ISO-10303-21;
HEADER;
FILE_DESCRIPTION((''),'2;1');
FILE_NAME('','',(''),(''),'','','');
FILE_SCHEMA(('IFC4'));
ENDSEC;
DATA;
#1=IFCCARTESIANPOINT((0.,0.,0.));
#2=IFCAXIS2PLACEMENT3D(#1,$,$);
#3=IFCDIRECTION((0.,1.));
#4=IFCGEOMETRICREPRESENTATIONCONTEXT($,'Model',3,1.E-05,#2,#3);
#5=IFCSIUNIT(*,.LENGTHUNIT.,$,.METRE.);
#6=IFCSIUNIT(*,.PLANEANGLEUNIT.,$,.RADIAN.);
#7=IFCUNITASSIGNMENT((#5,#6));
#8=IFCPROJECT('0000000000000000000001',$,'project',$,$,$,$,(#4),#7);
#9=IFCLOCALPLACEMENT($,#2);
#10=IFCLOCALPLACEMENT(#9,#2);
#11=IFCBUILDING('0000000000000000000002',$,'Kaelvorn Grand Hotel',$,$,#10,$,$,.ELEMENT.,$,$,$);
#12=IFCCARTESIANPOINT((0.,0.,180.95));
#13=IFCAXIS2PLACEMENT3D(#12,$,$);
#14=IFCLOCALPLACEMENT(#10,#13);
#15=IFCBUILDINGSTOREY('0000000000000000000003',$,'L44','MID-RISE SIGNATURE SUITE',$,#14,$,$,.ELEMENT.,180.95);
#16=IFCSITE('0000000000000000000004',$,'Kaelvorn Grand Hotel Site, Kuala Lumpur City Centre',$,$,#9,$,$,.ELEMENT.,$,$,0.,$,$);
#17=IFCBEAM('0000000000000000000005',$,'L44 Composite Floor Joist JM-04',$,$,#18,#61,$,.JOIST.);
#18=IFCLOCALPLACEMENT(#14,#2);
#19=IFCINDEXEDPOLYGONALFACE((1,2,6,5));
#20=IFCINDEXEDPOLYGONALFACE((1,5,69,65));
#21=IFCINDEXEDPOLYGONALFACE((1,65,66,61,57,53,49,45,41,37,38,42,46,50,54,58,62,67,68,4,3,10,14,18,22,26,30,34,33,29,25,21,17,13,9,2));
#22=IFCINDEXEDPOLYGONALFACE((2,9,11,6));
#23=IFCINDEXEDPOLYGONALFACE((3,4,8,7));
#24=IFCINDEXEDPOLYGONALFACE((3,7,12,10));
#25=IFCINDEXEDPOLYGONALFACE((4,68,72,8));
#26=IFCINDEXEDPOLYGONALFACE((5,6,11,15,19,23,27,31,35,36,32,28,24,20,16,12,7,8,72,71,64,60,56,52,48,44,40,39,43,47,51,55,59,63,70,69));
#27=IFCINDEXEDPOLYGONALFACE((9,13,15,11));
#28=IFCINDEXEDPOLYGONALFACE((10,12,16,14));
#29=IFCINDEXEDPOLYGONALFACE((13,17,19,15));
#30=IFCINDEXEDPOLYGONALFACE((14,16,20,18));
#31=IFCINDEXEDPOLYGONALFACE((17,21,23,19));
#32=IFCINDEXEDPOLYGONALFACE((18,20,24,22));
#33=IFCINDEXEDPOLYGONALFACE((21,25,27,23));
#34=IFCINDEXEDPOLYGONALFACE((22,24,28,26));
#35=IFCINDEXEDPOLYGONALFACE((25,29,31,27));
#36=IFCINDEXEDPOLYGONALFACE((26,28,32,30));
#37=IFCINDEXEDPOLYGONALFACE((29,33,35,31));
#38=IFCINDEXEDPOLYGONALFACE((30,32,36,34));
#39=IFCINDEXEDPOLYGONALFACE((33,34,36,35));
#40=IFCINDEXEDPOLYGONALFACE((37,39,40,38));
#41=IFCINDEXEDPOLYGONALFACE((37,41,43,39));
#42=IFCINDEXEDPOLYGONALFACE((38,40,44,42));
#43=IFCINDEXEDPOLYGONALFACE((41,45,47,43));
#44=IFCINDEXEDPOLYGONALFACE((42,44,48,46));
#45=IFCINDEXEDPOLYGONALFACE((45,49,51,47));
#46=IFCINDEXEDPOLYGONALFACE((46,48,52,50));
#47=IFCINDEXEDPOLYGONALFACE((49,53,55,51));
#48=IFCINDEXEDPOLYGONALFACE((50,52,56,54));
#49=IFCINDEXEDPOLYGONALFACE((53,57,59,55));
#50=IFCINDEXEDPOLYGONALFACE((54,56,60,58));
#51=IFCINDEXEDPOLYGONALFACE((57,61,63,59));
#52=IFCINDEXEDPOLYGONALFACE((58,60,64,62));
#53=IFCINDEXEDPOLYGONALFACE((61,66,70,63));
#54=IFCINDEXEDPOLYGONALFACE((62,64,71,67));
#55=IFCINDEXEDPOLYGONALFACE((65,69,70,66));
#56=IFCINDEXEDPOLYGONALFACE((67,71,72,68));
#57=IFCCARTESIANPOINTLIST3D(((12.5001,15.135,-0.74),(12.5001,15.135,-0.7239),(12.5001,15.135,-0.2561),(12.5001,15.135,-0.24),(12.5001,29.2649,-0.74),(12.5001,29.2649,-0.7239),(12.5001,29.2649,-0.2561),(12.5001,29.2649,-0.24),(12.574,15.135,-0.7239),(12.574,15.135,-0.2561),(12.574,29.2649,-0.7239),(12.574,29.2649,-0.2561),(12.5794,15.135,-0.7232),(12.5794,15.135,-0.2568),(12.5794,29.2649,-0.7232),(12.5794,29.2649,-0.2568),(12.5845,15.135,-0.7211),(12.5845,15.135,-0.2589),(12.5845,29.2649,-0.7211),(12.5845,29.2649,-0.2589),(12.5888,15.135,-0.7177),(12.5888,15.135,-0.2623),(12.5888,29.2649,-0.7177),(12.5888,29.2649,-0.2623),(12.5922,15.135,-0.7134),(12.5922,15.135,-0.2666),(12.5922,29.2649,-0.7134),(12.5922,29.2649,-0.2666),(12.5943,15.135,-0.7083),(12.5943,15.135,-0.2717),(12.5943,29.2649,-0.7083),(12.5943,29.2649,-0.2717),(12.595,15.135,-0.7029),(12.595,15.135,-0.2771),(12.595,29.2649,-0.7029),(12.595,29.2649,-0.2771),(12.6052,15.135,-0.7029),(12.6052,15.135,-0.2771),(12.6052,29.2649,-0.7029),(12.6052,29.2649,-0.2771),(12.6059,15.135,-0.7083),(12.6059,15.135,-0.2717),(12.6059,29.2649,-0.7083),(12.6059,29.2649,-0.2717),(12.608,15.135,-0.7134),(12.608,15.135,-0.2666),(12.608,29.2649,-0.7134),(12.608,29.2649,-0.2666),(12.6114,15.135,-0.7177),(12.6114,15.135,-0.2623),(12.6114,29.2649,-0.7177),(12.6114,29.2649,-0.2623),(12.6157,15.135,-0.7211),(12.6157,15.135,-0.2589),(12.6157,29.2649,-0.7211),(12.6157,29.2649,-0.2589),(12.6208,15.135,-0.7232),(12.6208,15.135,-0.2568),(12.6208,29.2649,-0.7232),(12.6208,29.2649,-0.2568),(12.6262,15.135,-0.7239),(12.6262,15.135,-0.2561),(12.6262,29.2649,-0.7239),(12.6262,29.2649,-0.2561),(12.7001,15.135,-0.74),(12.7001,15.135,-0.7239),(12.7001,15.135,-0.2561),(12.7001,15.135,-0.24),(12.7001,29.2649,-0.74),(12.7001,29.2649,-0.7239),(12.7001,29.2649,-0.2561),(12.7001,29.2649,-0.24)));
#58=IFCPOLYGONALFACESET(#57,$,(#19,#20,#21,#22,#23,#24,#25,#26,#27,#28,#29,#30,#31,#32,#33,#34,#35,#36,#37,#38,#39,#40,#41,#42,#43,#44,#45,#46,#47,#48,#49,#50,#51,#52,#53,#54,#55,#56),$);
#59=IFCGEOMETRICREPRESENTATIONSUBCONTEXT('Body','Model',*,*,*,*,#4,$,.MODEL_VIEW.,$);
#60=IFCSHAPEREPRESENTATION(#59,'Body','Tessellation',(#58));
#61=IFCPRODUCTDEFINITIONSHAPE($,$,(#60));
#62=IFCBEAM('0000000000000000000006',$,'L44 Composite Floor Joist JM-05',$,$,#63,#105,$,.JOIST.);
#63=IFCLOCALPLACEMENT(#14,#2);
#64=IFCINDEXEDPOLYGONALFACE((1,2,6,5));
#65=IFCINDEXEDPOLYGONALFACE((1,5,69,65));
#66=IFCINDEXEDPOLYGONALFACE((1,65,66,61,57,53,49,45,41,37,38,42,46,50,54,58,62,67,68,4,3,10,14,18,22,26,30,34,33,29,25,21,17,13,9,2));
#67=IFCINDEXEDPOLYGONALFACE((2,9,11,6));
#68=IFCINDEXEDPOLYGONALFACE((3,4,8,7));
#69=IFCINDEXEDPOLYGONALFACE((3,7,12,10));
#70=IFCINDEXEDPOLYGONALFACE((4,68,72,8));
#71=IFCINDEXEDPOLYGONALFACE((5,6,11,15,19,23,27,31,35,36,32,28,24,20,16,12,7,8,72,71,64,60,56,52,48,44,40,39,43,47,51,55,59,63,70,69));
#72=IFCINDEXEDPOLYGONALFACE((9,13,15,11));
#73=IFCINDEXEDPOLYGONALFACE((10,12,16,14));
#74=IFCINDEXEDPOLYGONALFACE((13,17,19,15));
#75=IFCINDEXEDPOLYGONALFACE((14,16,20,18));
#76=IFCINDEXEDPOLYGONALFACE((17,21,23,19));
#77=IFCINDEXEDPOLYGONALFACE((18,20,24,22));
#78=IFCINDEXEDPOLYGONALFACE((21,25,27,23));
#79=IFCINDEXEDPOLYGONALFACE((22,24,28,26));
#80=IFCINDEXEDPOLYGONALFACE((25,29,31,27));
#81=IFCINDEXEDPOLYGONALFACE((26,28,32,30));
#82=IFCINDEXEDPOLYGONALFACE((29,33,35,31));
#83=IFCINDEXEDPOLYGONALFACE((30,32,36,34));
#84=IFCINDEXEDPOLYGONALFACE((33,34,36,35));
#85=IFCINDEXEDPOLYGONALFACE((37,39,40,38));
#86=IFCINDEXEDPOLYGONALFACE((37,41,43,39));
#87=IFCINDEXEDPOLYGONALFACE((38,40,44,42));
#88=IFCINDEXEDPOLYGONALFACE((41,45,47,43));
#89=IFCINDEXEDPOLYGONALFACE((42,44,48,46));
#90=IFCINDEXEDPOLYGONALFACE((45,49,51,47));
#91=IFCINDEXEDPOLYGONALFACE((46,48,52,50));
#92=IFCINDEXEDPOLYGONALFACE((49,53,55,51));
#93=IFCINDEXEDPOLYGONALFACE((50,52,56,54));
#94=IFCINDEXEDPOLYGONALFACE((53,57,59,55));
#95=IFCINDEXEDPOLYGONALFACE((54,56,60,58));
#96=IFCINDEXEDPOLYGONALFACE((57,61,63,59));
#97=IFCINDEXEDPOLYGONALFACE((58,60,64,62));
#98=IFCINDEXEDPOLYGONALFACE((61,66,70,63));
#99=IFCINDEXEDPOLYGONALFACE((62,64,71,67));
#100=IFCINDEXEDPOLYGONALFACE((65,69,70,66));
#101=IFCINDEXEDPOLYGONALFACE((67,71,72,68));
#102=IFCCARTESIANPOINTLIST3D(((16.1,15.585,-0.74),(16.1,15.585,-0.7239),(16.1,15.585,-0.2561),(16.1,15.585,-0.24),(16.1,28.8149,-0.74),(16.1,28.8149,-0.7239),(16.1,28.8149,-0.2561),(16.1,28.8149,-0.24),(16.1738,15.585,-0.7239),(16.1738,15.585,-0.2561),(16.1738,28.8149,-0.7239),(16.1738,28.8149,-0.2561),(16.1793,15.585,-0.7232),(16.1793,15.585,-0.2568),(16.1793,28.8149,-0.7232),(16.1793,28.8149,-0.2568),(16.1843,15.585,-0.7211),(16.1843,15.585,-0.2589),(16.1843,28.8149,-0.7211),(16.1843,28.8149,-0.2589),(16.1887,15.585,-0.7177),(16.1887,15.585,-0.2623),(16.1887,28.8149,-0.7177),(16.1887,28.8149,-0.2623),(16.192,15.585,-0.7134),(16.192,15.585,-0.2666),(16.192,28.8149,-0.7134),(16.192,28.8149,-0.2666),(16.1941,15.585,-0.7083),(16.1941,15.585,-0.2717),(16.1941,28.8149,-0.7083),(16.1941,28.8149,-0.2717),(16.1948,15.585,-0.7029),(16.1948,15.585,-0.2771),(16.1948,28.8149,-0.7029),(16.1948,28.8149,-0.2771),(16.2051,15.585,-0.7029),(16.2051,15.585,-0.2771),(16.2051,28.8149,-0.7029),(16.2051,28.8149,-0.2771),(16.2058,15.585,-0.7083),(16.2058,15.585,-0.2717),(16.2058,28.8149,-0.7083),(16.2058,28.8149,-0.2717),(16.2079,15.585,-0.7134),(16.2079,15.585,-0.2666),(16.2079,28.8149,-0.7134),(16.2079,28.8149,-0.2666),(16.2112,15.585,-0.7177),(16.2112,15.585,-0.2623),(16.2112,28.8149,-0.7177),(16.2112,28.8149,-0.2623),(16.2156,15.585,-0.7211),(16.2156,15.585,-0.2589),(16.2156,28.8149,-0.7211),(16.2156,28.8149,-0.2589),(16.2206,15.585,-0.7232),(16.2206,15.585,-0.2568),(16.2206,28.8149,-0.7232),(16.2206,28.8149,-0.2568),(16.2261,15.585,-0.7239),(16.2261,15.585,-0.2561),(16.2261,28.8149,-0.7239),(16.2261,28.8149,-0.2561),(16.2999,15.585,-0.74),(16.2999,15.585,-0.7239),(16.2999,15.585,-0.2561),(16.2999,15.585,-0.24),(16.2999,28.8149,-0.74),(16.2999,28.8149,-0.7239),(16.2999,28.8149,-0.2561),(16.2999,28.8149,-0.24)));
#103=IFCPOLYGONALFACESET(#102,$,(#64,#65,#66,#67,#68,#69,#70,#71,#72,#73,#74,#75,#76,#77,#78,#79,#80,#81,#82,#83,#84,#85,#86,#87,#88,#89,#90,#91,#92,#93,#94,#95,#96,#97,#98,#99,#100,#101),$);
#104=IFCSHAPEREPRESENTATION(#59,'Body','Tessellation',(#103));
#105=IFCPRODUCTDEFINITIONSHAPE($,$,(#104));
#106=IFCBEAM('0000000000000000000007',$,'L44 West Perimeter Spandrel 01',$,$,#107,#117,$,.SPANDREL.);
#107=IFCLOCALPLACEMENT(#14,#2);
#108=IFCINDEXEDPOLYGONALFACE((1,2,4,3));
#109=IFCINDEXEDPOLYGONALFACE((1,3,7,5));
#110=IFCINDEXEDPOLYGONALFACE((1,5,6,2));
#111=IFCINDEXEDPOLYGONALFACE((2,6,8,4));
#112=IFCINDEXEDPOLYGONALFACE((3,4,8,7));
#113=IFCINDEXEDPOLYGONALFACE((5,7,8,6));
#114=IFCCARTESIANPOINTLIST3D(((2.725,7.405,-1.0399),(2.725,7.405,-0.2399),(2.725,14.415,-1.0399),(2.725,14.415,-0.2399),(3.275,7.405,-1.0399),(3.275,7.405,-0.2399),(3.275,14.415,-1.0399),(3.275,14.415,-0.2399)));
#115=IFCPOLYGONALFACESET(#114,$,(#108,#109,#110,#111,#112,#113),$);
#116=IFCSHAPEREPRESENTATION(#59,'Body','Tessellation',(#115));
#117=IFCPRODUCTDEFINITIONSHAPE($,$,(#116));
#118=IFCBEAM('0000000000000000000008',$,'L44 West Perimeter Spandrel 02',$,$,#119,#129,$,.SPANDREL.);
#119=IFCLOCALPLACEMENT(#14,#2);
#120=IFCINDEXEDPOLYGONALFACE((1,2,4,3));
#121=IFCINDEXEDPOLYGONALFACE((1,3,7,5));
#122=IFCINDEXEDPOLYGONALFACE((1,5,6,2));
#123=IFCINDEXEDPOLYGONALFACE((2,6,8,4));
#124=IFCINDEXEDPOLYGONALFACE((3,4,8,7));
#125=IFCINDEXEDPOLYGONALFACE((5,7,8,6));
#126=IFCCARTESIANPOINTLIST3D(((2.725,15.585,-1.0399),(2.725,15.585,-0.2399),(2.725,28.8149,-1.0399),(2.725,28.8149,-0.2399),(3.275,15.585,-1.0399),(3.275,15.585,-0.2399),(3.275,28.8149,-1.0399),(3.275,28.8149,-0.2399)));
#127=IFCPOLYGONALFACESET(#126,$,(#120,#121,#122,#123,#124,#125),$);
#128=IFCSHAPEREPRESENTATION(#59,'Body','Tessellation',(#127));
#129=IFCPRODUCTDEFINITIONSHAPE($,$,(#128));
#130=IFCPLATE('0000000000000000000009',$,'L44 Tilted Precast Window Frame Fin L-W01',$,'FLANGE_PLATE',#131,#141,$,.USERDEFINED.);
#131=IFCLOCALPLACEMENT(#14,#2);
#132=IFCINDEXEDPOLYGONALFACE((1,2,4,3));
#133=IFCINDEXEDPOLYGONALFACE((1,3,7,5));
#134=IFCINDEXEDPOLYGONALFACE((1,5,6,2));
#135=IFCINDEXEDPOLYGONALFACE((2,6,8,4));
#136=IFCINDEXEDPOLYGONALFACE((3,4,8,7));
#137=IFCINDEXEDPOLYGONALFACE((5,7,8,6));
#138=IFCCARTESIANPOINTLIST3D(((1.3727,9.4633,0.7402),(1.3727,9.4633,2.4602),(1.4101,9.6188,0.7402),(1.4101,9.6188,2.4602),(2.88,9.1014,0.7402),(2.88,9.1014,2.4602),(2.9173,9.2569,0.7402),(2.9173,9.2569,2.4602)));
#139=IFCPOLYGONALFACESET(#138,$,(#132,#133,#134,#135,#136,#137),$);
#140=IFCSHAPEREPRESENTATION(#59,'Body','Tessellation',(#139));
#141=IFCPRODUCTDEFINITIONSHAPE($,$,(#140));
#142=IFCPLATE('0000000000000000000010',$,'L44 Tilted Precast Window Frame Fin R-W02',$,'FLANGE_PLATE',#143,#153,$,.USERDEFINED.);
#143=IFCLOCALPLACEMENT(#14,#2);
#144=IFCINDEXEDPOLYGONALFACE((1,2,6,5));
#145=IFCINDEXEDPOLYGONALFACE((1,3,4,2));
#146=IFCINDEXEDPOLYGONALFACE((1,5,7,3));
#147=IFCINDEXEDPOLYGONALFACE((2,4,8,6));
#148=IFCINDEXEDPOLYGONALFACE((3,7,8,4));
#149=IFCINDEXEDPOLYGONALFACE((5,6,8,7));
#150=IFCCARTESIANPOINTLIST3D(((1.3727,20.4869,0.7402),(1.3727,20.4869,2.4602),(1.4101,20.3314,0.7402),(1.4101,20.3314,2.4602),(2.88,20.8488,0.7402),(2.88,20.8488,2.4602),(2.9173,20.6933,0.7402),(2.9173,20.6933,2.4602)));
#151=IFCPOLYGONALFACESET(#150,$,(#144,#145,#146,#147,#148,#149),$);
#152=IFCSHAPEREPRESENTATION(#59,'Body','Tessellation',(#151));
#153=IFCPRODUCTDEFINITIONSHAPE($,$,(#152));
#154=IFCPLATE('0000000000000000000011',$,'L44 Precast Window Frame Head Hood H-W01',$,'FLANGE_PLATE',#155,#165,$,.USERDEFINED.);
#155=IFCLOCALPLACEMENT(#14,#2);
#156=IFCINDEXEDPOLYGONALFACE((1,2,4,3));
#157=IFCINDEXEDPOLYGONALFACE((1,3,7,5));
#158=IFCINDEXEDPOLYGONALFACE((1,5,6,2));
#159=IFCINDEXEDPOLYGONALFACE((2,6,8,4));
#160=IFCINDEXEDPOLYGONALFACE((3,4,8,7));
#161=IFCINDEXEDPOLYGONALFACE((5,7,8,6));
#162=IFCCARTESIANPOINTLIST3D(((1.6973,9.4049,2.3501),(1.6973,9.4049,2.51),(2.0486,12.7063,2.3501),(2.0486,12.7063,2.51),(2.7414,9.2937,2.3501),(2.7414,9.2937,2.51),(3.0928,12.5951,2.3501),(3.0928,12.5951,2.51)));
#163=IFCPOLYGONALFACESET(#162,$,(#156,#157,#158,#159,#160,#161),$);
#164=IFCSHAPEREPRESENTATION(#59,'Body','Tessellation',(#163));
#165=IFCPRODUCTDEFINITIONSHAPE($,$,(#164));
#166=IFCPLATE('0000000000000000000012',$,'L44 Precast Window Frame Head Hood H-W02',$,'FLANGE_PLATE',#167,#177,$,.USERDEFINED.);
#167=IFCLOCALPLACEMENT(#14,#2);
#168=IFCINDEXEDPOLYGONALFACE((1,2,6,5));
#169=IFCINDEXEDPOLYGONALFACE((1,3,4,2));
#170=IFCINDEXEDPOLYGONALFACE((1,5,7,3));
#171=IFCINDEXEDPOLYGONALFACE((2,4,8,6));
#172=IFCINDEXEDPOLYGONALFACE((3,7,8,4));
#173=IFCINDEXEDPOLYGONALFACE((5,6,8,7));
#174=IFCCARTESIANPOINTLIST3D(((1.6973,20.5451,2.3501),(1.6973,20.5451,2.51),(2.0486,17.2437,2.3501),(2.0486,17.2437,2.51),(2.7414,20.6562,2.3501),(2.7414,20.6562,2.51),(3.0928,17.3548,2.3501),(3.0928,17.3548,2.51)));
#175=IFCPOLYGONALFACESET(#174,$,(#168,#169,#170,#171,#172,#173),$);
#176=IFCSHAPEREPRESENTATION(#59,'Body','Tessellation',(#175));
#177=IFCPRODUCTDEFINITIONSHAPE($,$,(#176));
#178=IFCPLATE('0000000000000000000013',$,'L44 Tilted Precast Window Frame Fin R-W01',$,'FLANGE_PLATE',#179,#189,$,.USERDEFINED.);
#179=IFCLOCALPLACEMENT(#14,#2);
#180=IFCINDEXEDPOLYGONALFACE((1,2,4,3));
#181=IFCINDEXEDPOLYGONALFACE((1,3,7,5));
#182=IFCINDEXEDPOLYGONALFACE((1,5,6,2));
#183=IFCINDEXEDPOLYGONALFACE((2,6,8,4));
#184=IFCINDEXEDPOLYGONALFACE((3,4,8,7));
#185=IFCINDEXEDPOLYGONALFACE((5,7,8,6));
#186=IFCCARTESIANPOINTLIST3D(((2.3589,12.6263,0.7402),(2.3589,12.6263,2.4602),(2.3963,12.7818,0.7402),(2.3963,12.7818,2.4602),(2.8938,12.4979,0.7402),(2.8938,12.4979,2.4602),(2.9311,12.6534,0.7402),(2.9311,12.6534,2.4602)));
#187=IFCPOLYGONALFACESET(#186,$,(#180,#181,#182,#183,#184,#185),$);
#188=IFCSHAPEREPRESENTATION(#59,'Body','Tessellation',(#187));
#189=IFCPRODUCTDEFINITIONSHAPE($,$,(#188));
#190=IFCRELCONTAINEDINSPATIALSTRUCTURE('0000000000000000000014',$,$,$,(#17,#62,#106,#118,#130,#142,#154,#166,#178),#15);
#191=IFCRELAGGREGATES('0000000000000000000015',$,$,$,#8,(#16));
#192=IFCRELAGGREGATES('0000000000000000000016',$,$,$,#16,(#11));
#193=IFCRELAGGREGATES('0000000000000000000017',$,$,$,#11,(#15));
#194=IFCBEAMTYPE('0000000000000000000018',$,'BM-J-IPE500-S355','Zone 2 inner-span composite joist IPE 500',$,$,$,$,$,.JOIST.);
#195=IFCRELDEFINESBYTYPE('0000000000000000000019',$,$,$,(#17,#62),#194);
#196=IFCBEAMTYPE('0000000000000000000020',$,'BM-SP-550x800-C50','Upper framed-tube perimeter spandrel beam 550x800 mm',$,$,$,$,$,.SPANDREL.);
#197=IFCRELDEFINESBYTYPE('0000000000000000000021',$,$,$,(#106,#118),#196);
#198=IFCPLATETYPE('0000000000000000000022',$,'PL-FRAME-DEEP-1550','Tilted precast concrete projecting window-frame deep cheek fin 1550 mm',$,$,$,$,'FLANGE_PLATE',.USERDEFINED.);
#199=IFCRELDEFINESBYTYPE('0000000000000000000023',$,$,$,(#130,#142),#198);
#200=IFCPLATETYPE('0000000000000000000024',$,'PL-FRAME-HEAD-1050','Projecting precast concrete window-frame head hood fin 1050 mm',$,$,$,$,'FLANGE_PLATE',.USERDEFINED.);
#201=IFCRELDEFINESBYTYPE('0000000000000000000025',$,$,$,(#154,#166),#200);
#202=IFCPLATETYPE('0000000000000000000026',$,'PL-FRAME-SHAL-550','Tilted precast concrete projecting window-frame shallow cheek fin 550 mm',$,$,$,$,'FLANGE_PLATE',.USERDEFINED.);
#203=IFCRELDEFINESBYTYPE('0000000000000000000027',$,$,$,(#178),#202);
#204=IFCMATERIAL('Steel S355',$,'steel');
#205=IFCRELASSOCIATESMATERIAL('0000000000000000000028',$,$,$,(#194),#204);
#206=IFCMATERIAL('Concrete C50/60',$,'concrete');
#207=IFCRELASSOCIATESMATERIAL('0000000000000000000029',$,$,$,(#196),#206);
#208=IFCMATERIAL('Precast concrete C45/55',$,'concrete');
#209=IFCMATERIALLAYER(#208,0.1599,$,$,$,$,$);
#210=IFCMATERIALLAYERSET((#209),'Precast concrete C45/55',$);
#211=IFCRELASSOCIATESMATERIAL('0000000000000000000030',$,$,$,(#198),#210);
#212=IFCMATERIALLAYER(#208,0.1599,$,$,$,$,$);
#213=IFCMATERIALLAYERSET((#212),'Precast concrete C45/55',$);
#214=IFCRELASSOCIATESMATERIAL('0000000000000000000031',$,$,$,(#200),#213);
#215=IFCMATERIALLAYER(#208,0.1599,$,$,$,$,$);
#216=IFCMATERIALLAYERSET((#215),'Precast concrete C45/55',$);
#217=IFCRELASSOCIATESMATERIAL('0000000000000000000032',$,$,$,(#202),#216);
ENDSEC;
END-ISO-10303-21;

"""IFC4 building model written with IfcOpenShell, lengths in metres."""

from ifc_helpers import new_model, si_unit, direction, frame, origin, origin_2d, place, context, subcontext, project, spatial, rectangle, i_section, extrude, material, layer, layer_set, material_profile, profile_set, type_object, element, save


model = new_model("IFC4")

# Units and contexts
model_context = context("Model", 3, precision=1e-05, world=origin(), true_north=direction((0.0, 1.0)))
body_context = subcontext(model_context, "Body", "Model", "MODEL_VIEW")
ifc_project = project(units=[si_unit("LENGTHUNIT", "METRE"), si_unit("PLANEANGLEUNIT", "RADIAN")], contexts=[model_context])

# Site, building, storey
site_placement = place(None, origin())
site = spatial("IfcSite", under=ifc_project, at=site_placement, Name="Kaelvorn Grand Hotel Site, Kuala Lumpur City Centre", CompositionType="ELEMENT", RefElevation=0.0)
building_placement = place(site_placement, origin())
building = spatial("IfcBuilding", under=site, at=building_placement, Name="Kaelvorn Grand Hotel", CompositionType="ELEMENT")
storey_placement = place(building_placement, frame((0.0, 0.0, 180.95)))
storey = spatial("IfcBuildingStorey", under=building, at=storey_placement, Name="L44", Description="MID-RISE SIGNATURE SUITE", CompositionType="ELEMENT", Elevation=180.95)

# Beams
ifc_material_1 = material(Name="Steel S355", Category="steel")
ifc_material_profile_1 = material_profile(ifc_material_1, i_section(OverallWidth=0.2, OverallDepth=0.5, WebThickness=0.0103, FlangeThickness=0.0161, FilletRadius=0.021, at=origin_2d()), Name="IPE 500")
ifc_profile_set_1 = profile_set([ifc_material_profile_1], Name="Steel S355")
beam_type_1 = type_object("IfcBeamType", Name="BM-J-IPE500-S355", Description="Zone 2 inner-span composite joist IPE 500", PredefinedType="JOIST", material=ifc_profile_set_1)
beam_1_placement = place(storey_placement, frame((12.6001, 15.135, -0.49), z_axis=(0.0, 1.0, 0.0), x_axis=(-1.0, 0.0, 0.0)))
element("IfcBeam", 1, at=beam_1_placement, inside=storey, type_object=beam_type_1, Name="L44 Composite Floor Joist JM-04", PredefinedType="JOIST", context=body_context, shape_type="SweptSolid", body=[
    extrude(i_section(OverallWidth=0.2, OverallDepth=0.5, WebThickness=0.0103, FlangeThickness=0.0161, FilletRadius=0.021, at=origin_2d()), origin(), (0.0, 0.0, 1.0), 14.1299),
])
beam_2_placement = place(storey_placement, frame((16.2, 15.585, -0.49), z_axis=(0.0, 1.0, 0.0), x_axis=(-1.0, 0.0, 0.0)))
element("IfcBeam", 2, at=beam_2_placement, inside=storey, type_object=beam_type_1, Name="L44 Composite Floor Joist JM-05", PredefinedType="JOIST", context=body_context, shape_type="SweptSolid", body=[
    extrude(i_section(OverallWidth=0.2, OverallDepth=0.5, WebThickness=0.0103, FlangeThickness=0.0161, FilletRadius=0.021, at=origin_2d()), origin(), (0.0, 0.0, 1.0), 13.23),
])
ifc_material_2 = material(Name="Concrete C50/60", Category="concrete")
ifc_material_profile_2 = material_profile(ifc_material_2, rectangle(XDim=0.55, YDim=0.8, at=origin_2d()), Name="RC SPANDREL 550x800")
ifc_profile_set_2 = profile_set([ifc_material_profile_2], Name="Concrete C50/60")
beam_type_2 = type_object("IfcBeamType", Name="BM-SP-550x800-C50", Description="Upper framed-tube perimeter spandrel beam 550x800 mm", PredefinedType="SPANDREL", material=ifc_profile_set_2)
beam_3_placement = place(storey_placement, frame((3.0, 7.405, -0.6399), z_axis=(0.0, 1.0, 0.0), x_axis=(-1.0, 0.0, 0.0)))
element("IfcBeam", 3, at=beam_3_placement, inside=storey, type_object=beam_type_2, Name="L44 West Perimeter Spandrel 01", PredefinedType="SPANDREL", context=body_context, shape_type="SweptSolid", body=[
    extrude(rectangle(XDim=0.55, YDim=0.8, at=origin_2d()), origin(), (0.0, 0.0, 1.0), 7.01),
])
beam_4_placement = place(storey_placement, frame((3.0, 15.585, -0.6399), z_axis=(0.0, 1.0, 0.0), x_axis=(-1.0, 0.0, 0.0)))
element("IfcBeam", 4, at=beam_4_placement, inside=storey, type_object=beam_type_2, Name="L44 West Perimeter Spandrel 02", PredefinedType="SPANDREL", context=body_context, shape_type="SweptSolid", body=[
    extrude(rectangle(XDim=0.55, YDim=0.8, at=origin_2d()), origin(), (0.0, 0.0, 1.0), 13.23),
])

# Plates
ifc_material_3 = material(Name="Precast concrete C45/55", Category="concrete")
ifc_layer_1 = layer(ifc_material_3, 0.1599)
ifc_layer_set_1 = layer_set([ifc_layer_1], Name="Precast concrete C45/55")
plate_type_1 = type_object("IfcPlateType", Name="PL-FRAME-DEEP-1550", Description="Tilted precast concrete projecting window-frame deep cheek fin 1550 mm", ElementType="FLANGE_PLATE", PredefinedType="USERDEFINED", material=ifc_layer_set_1)
for number, where, z_axis, x_axis, name in (
    (5, (2.145, 9.3601, 0.7402), (0.0, 0.0, 1.0), (0.233445, 0.97237, 0.0), "L44 Tilted Precast Window Frame Fin L-W01"),
    (6, (2.145, 20.5901, 0.7402), (0.0, 0.0, 1.0), (-0.233445, 0.97237, 0.0), "L44 Tilted Precast Window Frame Fin R-W02"),
):
    element("IfcPlate", number, at=place(storey_placement, frame(where, z_axis=z_axis, x_axis=x_axis)), inside=storey, type_object=plate_type_1, Name=name, ObjectType="FLANGE_PLATE", PredefinedType="USERDEFINED", context=body_context, shape_type="SweptSolid", body=[
        extrude(rectangle(XDim=0.1599, YDim=1.55, at=origin_2d()), origin(), (0.0, 0.0, 1.0), 1.72),
    ])
ifc_layer_2 = layer(ifc_material_3, 0.1599)
ifc_layer_set_2 = layer_set([ifc_layer_2], Name="Precast concrete C45/55")
plate_type_2 = type_object("IfcPlateType", Name="PL-FRAME-HEAD-1050", Description="Projecting precast concrete window-frame head hood fin 1050 mm", ElementType="FLANGE_PLATE", PredefinedType="USERDEFINED", material=ifc_layer_set_2)
for number, where, z_axis, x_axis, name in (
    (7, (2.395, 11.0, 2.3501), (0.0, 0.0, 1.0), (0.10583, 0.994384, 0.0), "L44 Precast Window Frame Head Hood H-W01"),
    (8, (2.395, 18.95, 2.3501), (0.0, 0.0, 1.0), (-0.10583, 0.994384, 0.0), "L44 Precast Window Frame Head Hood H-W02"),
):
    element("IfcPlate", number, at=place(storey_placement, frame(where, z_axis=z_axis, x_axis=x_axis)), inside=storey, type_object=plate_type_2, Name=name, ObjectType="FLANGE_PLATE", PredefinedType="USERDEFINED", context=body_context, shape_type="SweptSolid", body=[
        extrude(rectangle(XDim=3.3201, YDim=1.05, at=origin_2d()), origin(), (0.0, 0.0, 1.0), 0.1599),
    ])
ifc_layer_3 = layer(ifc_material_3, 0.1599)
ifc_layer_set_3 = layer_set([ifc_layer_3], Name="Precast concrete C45/55")
plate_type_3 = type_object("IfcPlateType", Name="PL-FRAME-SHAL-550", Description="Tilted precast concrete projecting window-frame shallow cheek fin 550 mm", ElementType="FLANGE_PLATE", PredefinedType="USERDEFINED", material=ifc_layer_set_3)
for number, where, z_axis, x_axis, name in (
    (9, (2.645, 12.6399, 0.7402), (0.0, 0.0, 1.0), (0.233445, 0.97237, 0.0), "L44 Tilted Precast Window Frame Fin R-W01"),
):
    element("IfcPlate", number, at=place(storey_placement, frame(where, z_axis=z_axis, x_axis=x_axis)), inside=storey, type_object=plate_type_3, Name=name, ObjectType="FLANGE_PLATE", PredefinedType="USERDEFINED", context=body_context, shape_type="SweptSolid", body=[
        extrude(rectangle(XDim=0.1599, YDim=0.55, at=origin_2d()), origin(), (0.0, 0.0, 1.0), 1.72),
    ])

save(model, "model.ifc")
